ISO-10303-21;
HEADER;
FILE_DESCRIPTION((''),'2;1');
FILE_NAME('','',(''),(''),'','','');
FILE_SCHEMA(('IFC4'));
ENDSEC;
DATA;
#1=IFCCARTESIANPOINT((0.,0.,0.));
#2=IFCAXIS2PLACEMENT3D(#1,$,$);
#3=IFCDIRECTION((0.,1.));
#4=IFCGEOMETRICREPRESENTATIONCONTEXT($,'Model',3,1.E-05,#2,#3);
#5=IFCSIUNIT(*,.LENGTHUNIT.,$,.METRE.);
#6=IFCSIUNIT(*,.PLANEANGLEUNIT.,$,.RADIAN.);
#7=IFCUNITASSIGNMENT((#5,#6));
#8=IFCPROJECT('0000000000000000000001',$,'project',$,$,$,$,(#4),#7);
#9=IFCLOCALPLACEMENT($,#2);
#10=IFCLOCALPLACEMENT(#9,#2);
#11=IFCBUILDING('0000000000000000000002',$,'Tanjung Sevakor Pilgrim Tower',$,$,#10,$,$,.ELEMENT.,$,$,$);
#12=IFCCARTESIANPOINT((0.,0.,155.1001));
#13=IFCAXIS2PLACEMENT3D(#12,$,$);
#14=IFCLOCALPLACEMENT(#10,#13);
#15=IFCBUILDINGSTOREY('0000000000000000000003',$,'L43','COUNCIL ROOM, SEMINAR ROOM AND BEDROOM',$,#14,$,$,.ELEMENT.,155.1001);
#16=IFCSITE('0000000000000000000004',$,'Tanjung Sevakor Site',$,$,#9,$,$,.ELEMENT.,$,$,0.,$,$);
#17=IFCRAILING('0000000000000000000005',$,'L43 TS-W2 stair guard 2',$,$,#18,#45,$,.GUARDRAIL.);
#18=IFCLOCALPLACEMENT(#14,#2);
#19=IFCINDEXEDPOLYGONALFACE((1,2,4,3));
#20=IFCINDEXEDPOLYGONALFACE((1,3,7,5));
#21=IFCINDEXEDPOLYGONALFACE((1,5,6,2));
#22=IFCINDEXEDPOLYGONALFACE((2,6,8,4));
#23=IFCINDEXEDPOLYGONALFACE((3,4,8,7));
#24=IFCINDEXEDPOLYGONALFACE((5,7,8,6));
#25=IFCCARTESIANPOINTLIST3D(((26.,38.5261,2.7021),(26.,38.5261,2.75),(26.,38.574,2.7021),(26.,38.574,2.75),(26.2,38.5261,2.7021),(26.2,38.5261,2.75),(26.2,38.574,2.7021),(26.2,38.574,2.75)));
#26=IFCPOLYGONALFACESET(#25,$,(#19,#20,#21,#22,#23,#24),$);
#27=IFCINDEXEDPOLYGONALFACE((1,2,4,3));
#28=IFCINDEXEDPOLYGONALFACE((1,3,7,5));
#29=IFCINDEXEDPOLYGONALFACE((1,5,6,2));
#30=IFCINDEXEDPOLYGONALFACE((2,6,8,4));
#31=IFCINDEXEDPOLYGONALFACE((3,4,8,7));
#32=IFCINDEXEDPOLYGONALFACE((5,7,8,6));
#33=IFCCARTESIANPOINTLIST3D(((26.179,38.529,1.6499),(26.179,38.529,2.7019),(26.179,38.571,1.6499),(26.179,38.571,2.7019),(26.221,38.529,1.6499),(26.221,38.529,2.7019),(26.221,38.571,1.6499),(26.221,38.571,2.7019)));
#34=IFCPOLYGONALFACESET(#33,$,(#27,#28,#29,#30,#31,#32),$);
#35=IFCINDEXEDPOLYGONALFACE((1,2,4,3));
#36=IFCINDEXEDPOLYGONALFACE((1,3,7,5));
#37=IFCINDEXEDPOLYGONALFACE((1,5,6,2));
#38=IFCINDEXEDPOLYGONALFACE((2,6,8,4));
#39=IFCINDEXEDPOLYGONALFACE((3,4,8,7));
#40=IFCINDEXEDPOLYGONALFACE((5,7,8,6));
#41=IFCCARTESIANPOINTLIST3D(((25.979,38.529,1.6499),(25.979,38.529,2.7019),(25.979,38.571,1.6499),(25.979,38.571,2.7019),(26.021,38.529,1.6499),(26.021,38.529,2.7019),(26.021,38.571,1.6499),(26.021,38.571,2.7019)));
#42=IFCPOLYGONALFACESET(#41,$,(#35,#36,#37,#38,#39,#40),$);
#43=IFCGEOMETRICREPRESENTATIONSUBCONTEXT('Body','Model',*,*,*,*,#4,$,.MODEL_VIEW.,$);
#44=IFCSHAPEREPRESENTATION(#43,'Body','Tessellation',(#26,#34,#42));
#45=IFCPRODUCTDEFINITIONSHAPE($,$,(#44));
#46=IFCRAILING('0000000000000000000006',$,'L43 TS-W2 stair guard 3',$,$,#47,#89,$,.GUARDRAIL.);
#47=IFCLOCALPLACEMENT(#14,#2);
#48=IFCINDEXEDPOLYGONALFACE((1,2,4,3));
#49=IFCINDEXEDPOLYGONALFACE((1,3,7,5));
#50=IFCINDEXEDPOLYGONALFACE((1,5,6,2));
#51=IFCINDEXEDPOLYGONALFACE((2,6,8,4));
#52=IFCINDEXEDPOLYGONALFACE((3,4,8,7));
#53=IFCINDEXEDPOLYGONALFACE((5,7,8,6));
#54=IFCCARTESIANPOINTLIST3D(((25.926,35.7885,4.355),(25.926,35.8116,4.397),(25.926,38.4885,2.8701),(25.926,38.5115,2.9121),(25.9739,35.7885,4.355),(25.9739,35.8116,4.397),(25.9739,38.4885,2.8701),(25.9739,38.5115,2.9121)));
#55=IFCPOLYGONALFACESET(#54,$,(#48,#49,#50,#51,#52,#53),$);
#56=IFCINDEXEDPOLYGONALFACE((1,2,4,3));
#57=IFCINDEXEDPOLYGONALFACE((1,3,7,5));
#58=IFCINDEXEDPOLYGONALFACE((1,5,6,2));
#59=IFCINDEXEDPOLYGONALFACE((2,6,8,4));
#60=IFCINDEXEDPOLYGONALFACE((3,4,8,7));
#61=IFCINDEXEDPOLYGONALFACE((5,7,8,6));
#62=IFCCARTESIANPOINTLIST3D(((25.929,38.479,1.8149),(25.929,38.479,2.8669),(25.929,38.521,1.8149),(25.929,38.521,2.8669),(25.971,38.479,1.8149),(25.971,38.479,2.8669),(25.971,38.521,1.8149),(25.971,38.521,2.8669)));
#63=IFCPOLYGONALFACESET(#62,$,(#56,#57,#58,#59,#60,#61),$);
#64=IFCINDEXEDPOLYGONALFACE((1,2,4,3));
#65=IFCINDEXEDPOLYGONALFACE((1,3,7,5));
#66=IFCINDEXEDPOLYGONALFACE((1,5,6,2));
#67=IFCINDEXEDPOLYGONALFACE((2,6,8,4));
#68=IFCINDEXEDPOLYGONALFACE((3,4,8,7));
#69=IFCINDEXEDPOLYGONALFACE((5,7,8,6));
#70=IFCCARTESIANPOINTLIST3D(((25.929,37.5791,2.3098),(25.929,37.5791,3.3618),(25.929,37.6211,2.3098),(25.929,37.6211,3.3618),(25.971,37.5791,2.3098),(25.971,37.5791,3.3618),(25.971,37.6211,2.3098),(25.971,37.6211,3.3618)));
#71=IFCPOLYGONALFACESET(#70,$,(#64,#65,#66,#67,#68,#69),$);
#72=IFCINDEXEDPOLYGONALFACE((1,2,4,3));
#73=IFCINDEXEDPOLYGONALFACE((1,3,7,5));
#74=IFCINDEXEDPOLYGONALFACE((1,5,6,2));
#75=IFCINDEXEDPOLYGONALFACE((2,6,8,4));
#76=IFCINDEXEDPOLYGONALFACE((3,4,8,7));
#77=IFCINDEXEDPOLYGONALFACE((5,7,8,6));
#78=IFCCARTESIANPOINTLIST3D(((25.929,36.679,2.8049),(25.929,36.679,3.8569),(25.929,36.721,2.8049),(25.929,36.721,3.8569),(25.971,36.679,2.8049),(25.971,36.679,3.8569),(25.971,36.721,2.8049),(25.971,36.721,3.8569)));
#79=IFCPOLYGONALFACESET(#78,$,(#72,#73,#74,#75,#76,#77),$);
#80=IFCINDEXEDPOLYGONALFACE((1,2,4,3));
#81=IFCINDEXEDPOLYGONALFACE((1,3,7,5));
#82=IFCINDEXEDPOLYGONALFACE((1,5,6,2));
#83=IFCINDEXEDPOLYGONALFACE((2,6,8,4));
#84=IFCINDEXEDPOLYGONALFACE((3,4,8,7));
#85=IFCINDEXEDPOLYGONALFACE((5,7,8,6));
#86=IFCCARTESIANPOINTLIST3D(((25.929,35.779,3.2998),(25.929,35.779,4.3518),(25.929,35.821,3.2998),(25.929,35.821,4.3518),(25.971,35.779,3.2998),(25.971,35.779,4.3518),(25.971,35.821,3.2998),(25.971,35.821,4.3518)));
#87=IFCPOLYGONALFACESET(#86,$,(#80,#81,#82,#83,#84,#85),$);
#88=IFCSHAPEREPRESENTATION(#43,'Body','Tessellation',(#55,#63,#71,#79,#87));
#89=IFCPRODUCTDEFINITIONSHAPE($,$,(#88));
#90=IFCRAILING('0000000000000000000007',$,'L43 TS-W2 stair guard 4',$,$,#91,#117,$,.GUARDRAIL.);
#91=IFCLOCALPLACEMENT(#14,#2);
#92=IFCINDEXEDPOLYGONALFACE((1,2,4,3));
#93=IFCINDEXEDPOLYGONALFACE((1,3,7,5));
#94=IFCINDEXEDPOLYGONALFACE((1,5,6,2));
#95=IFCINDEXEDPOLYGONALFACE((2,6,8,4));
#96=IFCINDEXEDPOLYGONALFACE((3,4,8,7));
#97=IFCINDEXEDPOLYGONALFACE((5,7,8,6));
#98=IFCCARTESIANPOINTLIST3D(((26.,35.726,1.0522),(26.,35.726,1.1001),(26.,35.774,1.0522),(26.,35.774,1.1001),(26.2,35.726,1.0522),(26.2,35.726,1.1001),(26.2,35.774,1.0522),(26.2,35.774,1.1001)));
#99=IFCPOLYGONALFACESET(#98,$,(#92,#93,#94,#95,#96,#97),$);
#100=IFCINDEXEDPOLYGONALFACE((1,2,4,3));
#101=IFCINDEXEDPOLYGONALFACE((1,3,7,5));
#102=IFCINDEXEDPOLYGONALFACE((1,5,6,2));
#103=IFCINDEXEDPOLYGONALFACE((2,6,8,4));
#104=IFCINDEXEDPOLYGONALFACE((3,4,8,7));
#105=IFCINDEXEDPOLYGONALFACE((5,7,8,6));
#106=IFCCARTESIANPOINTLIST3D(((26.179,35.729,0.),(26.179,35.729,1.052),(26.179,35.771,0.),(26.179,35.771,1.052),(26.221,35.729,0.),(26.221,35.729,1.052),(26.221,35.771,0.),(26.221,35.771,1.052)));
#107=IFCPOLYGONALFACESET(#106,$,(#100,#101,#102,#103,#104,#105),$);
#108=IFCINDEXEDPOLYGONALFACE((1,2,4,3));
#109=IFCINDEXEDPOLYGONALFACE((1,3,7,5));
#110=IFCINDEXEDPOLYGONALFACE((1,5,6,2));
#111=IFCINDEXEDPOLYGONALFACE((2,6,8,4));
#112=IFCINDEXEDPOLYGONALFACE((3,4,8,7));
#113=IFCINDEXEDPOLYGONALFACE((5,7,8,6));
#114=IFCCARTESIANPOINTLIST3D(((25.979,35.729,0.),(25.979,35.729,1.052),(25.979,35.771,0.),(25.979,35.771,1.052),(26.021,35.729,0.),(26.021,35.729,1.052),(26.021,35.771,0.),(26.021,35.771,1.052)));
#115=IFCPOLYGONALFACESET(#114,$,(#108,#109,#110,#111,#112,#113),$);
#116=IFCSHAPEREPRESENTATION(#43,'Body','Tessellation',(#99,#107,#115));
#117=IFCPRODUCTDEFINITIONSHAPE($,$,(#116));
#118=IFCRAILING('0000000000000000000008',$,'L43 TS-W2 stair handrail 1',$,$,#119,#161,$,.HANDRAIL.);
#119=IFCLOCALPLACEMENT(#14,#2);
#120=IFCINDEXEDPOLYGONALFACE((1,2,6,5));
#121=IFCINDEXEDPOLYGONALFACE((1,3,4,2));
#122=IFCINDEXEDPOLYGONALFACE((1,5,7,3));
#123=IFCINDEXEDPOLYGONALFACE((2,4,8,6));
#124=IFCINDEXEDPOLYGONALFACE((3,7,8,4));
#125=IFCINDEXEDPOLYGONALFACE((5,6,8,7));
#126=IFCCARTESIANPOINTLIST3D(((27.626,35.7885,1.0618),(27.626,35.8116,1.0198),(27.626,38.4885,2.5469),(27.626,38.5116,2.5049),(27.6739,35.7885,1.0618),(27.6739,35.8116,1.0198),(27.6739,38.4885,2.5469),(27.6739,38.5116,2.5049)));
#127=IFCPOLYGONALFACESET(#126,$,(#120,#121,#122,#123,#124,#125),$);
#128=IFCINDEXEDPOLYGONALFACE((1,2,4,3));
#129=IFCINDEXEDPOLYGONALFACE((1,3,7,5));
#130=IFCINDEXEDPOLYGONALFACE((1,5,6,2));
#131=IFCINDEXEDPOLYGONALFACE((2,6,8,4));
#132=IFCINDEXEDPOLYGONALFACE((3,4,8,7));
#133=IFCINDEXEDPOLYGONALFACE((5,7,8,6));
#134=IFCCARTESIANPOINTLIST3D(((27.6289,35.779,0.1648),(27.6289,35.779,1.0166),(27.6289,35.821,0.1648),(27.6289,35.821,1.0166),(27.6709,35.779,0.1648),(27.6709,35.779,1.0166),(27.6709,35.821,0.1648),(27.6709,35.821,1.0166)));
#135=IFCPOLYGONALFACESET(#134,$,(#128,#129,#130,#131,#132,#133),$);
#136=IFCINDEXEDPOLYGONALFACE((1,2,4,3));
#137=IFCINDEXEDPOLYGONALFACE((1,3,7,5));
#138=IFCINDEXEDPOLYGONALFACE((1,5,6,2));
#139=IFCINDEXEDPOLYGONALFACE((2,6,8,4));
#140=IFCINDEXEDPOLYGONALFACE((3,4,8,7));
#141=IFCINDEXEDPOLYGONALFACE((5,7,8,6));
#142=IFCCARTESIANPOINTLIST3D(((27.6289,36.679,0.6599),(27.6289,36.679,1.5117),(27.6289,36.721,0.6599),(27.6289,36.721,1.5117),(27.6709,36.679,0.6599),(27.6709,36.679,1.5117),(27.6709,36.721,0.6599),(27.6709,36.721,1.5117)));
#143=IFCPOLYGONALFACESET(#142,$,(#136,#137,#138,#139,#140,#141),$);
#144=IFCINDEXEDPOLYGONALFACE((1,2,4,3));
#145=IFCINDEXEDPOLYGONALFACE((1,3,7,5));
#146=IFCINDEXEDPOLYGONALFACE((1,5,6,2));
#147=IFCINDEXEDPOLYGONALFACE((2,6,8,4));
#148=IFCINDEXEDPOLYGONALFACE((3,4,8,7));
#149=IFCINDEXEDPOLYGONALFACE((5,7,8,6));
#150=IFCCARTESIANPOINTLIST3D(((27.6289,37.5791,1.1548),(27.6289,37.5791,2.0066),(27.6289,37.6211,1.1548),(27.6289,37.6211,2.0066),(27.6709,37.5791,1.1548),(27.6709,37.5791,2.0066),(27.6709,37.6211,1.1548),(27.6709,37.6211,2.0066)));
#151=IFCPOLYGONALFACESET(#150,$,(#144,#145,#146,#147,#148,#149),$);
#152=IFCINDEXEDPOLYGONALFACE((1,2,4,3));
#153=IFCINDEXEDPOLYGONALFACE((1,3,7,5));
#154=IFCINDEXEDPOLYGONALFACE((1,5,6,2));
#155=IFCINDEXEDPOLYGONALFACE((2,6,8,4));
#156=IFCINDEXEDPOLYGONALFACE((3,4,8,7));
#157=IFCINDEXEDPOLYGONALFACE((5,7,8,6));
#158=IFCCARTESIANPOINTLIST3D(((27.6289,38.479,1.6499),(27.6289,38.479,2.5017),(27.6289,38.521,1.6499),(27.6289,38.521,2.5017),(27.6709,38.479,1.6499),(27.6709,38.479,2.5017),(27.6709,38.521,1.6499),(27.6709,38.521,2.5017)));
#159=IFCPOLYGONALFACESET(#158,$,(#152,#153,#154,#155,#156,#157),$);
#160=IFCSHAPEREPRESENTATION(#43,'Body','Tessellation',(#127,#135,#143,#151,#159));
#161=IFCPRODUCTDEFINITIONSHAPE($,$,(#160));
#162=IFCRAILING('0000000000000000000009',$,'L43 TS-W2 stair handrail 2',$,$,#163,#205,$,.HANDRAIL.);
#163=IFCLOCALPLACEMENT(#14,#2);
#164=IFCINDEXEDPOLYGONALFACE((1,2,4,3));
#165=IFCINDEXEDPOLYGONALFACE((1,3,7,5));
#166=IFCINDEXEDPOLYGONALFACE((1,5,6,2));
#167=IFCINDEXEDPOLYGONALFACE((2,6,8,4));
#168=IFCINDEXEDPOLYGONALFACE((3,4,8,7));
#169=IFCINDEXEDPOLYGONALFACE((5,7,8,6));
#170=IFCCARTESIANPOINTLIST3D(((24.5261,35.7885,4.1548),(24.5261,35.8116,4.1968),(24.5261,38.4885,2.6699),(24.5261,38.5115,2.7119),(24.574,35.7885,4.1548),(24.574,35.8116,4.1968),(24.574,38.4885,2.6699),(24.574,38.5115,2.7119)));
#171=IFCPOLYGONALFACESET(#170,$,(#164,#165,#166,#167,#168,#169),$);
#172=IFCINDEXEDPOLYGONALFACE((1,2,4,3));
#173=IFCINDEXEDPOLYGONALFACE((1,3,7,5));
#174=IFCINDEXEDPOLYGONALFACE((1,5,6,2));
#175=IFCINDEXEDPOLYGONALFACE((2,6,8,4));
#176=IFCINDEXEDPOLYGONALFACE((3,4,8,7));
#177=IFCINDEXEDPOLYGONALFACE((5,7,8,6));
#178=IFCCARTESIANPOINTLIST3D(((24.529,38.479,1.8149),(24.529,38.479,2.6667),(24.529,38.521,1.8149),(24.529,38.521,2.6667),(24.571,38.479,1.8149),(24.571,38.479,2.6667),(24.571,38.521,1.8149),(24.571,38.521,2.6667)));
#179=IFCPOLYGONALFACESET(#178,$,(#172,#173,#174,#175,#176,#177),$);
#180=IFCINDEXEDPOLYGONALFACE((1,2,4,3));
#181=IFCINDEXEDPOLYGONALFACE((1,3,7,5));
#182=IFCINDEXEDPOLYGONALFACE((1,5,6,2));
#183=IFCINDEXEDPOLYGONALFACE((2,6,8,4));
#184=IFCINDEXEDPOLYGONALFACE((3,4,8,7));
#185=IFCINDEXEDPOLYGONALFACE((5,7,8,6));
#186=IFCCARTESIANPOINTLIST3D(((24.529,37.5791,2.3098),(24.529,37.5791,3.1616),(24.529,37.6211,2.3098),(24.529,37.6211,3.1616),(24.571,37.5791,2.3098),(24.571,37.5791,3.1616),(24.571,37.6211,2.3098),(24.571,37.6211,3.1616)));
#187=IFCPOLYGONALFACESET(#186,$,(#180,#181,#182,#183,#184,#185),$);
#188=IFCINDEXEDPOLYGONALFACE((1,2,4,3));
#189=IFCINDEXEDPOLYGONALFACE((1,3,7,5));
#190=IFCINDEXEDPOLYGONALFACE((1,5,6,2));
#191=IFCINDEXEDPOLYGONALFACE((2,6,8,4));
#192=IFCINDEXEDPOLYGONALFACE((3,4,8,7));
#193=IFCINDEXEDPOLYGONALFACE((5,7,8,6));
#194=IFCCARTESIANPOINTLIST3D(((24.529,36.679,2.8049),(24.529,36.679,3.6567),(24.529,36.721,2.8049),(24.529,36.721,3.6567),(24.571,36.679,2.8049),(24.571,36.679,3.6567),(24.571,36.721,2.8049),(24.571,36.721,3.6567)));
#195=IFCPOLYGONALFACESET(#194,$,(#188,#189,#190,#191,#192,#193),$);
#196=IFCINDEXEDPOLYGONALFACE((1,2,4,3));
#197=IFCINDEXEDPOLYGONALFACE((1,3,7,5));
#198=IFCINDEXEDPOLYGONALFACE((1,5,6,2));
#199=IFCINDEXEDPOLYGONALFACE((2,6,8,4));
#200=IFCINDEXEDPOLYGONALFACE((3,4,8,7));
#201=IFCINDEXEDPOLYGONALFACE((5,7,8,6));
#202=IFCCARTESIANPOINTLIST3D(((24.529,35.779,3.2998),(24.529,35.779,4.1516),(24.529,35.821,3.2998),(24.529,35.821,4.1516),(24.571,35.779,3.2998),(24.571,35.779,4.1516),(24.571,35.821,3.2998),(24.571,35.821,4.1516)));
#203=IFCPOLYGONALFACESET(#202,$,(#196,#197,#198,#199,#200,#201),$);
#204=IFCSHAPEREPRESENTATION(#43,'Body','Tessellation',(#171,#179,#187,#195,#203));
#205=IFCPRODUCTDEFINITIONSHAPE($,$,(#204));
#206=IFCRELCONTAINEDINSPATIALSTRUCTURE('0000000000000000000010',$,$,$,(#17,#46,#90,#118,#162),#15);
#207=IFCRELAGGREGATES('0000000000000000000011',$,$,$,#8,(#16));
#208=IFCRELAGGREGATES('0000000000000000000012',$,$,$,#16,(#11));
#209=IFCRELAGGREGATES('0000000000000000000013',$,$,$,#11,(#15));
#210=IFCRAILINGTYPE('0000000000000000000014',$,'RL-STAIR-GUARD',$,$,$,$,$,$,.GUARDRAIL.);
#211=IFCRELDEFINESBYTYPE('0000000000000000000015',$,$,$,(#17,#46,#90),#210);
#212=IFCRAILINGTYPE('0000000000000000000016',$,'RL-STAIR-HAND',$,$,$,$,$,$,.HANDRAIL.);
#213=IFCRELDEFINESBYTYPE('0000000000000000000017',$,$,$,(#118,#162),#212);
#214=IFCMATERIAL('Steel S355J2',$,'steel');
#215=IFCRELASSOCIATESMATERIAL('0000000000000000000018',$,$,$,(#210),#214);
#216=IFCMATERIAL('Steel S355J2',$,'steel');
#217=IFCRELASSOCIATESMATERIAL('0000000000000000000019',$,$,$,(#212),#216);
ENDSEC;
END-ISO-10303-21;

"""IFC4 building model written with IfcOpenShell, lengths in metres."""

from ifc_helpers import new_model, si_unit, direction, frame, origin, place, context, subcontext, project, spatial, rectangle, extrude, material, type_object, element, save


model = new_model("IFC4")

# Units and contexts
model_context = context("Model", 3, precision=1e-05, world=origin(), true_north=direction((0.0, 1.0)))
body_context = subcontext(model_context, "Body", "Model", "MODEL_VIEW")
ifc_project = project(units=[si_unit("LENGTHUNIT", "METRE"), si_unit("PLANEANGLEUNIT", "RADIAN")], contexts=[model_context])

# Site, building, storey
site_placement = place(None, origin())
site = spatial("IfcSite", under=ifc_project, at=site_placement, Name="Tanjung Sevakor Site", CompositionType="ELEMENT", RefElevation=0.0)
building_placement = place(site_placement, origin())
building = spatial("IfcBuilding", under=site, at=building_placement, Name="Tanjung Sevakor Pilgrim Tower", CompositionType="ELEMENT")
storey_placement = place(building_placement, frame((0.0, 0.0, 155.1001)))
storey = spatial("IfcBuildingStorey", under=building, at=storey_placement, Name="L43", Description="COUNCIL ROOM, SEMINAR ROOM AND BEDROOM", CompositionType="ELEMENT", Elevation=155.1001)

# Railings
ifc_material_1 = material(Name="Steel S355J2", Category="steel")
railing_type_1 = type_object("IfcRailingType", Name="RL-STAIR-GUARD", PredefinedType="GUARDRAIL", material=ifc_material_1)
railing_1_placement = place(storey_placement, frame((26.2, 38.55, 1.6499)))
element("IfcRailing", 1, at=railing_1_placement, inside=storey, type_object=railing_type_1, Name="L43 TS-W2 stair guard 2", PredefinedType="GUARDRAIL", context=body_context, shape_type="SweptSolid", body=[
    extrude(rectangle(XDim=0.0479, YDim=0.0479), frame((0.0, 0.0, 1.0762), z_axis=(-1.0, 0.0, 0.0), x_axis=(0.0, -1.0, 0.0)), (0.0, 0.0, 1.0), 0.2),
    extrude(rectangle(XDim=0.042, YDim=0.042), origin(), (0.0, 0.0, 1.0), 1.052),
    extrude(rectangle(XDim=0.042, YDim=0.042), frame((-0.2, 0.0, 0.0)), (0.0, 0.0, 1.0), 1.052),
])
railing_2_placement = place(storey_placement, frame((25.95, 38.5, 1.8149)))
element("IfcRailing", 2, at=railing_2_placement, inside=storey, type_object=railing_type_1, Name="L43 TS-W2 stair guard 3", PredefinedType="GUARDRAIL", context=body_context, shape_type="SweptSolid", body=[
    extrude(rectangle(XDim=0.0479, YDim=0.0479), frame((0.0, 0.0, 1.0762), z_axis=(0.0, -0.876231, 0.481891), x_axis=(1.0, 0.0, 0.0)), (0.0, 0.0, 1.0), 3.0813),
    extrude(rectangle(XDim=0.042, YDim=0.042), origin(), (0.0, 0.0, 1.0), 1.052),
    extrude(rectangle(XDim=0.042, YDim=0.042), frame((0.0, -0.8999, 0.4949)), (0.0, 0.0, 1.0), 1.052),
    extrude(rectangle(XDim=0.042, YDim=0.042), frame((0.0, -1.8, 0.99)), (0.0, 0.0, 1.0), 1.052),
    extrude(rectangle(XDim=0.042, YDim=0.042), frame((0.0, -2.7, 1.4849)), (0.0, 0.0, 1.0), 1.052),
])
railing_3_placement = place(storey_placement, frame((26.2, 35.75, 0.0)))
element("IfcRailing", 3, at=railing_3_placement, inside=storey, type_object=railing_type_1, Name="L43 TS-W2 stair guard 4", PredefinedType="GUARDRAIL", context=body_context, shape_type="SweptSolid", body=[
    extrude(rectangle(XDim=0.0479, YDim=0.0479), frame((0.0, 0.0, 1.0762), z_axis=(-1.0, 0.0, 0.0), x_axis=(0.0, -1.0, 0.0)), (0.0, 0.0, 1.0), 0.2),
    extrude(rectangle(XDim=0.042, YDim=0.042), origin(), (0.0, 0.0, 1.0), 1.052),
    extrude(rectangle(XDim=0.042, YDim=0.042), frame((-0.2, 0.0, 0.0)), (0.0, 0.0, 1.0), 1.052),
])
ifc_material_2 = material(Name="Steel S355J2", Category="steel")
railing_type_2 = type_object("IfcRailingType", Name="RL-STAIR-HAND", PredefinedType="HANDRAIL", material=ifc_material_2)
railing_4_placement = place(storey_placement, frame((27.6499, 35.8, 0.1648)))
element("IfcRailing", 4, at=railing_4_placement, inside=storey, type_object=railing_type_2, Name="L43 TS-W2 stair handrail 1", PredefinedType="HANDRAIL", context=body_context, shape_type="SweptSolid", body=[
    extrude(rectangle(XDim=0.0479, YDim=0.0479), frame((0.0, 0.0, 0.876), z_axis=(0.0, 0.876198, 0.481952), x_axis=(-1.0, 0.0, 0.0)), (0.0, 0.0, 1.0), 3.0815),
    extrude(rectangle(XDim=0.042, YDim=0.042), origin(), (0.0, 0.0, 1.0), 0.8518),
    extrude(rectangle(XDim=0.042, YDim=0.042), frame((0.0, 0.8999, 0.4951)), (0.0, 0.0, 1.0), 0.8518),
    extrude(rectangle(XDim=0.042, YDim=0.042), frame((0.0, 1.8, 0.99)), (0.0, 0.0, 1.0), 0.8518),
    extrude(rectangle(XDim=0.042, YDim=0.042), frame((0.0, 2.7, 1.4851)), (0.0, 0.0, 1.0), 0.8518),
])
railing_5_placement = place(storey_placement, frame((24.55, 38.5, 1.8149)))
element("IfcRailing", 5, at=railing_5_placement, inside=storey, type_object=railing_type_2, Name="L43 TS-W2 stair handrail 2", PredefinedType="HANDRAIL", context=body_context, shape_type="SweptSolid", body=[
    extrude(rectangle(XDim=0.0479, YDim=0.0479), frame((0.0, 0.0, 0.876), z_axis=(0.0, -0.876231, 0.481891), x_axis=(1.0, 0.0, 0.0)), (0.0, 0.0, 1.0), 3.0813),
    extrude(rectangle(XDim=0.042, YDim=0.042), origin(), (0.0, 0.0, 1.0), 0.8518),
    extrude(rectangle(XDim=0.042, YDim=0.042), frame((0.0, -0.8999, 0.4949)), (0.0, 0.0, 1.0), 0.8518),
    extrude(rectangle(XDim=0.042, YDim=0.042), frame((0.0, -1.8, 0.99)), (0.0, 0.0, 1.0), 0.8518),
    extrude(rectangle(XDim=0.042, YDim=0.042), frame((0.0, -2.7, 1.4849)), (0.0, 0.0, 1.0), 0.8518),
])

save(model, "model.ifc")
